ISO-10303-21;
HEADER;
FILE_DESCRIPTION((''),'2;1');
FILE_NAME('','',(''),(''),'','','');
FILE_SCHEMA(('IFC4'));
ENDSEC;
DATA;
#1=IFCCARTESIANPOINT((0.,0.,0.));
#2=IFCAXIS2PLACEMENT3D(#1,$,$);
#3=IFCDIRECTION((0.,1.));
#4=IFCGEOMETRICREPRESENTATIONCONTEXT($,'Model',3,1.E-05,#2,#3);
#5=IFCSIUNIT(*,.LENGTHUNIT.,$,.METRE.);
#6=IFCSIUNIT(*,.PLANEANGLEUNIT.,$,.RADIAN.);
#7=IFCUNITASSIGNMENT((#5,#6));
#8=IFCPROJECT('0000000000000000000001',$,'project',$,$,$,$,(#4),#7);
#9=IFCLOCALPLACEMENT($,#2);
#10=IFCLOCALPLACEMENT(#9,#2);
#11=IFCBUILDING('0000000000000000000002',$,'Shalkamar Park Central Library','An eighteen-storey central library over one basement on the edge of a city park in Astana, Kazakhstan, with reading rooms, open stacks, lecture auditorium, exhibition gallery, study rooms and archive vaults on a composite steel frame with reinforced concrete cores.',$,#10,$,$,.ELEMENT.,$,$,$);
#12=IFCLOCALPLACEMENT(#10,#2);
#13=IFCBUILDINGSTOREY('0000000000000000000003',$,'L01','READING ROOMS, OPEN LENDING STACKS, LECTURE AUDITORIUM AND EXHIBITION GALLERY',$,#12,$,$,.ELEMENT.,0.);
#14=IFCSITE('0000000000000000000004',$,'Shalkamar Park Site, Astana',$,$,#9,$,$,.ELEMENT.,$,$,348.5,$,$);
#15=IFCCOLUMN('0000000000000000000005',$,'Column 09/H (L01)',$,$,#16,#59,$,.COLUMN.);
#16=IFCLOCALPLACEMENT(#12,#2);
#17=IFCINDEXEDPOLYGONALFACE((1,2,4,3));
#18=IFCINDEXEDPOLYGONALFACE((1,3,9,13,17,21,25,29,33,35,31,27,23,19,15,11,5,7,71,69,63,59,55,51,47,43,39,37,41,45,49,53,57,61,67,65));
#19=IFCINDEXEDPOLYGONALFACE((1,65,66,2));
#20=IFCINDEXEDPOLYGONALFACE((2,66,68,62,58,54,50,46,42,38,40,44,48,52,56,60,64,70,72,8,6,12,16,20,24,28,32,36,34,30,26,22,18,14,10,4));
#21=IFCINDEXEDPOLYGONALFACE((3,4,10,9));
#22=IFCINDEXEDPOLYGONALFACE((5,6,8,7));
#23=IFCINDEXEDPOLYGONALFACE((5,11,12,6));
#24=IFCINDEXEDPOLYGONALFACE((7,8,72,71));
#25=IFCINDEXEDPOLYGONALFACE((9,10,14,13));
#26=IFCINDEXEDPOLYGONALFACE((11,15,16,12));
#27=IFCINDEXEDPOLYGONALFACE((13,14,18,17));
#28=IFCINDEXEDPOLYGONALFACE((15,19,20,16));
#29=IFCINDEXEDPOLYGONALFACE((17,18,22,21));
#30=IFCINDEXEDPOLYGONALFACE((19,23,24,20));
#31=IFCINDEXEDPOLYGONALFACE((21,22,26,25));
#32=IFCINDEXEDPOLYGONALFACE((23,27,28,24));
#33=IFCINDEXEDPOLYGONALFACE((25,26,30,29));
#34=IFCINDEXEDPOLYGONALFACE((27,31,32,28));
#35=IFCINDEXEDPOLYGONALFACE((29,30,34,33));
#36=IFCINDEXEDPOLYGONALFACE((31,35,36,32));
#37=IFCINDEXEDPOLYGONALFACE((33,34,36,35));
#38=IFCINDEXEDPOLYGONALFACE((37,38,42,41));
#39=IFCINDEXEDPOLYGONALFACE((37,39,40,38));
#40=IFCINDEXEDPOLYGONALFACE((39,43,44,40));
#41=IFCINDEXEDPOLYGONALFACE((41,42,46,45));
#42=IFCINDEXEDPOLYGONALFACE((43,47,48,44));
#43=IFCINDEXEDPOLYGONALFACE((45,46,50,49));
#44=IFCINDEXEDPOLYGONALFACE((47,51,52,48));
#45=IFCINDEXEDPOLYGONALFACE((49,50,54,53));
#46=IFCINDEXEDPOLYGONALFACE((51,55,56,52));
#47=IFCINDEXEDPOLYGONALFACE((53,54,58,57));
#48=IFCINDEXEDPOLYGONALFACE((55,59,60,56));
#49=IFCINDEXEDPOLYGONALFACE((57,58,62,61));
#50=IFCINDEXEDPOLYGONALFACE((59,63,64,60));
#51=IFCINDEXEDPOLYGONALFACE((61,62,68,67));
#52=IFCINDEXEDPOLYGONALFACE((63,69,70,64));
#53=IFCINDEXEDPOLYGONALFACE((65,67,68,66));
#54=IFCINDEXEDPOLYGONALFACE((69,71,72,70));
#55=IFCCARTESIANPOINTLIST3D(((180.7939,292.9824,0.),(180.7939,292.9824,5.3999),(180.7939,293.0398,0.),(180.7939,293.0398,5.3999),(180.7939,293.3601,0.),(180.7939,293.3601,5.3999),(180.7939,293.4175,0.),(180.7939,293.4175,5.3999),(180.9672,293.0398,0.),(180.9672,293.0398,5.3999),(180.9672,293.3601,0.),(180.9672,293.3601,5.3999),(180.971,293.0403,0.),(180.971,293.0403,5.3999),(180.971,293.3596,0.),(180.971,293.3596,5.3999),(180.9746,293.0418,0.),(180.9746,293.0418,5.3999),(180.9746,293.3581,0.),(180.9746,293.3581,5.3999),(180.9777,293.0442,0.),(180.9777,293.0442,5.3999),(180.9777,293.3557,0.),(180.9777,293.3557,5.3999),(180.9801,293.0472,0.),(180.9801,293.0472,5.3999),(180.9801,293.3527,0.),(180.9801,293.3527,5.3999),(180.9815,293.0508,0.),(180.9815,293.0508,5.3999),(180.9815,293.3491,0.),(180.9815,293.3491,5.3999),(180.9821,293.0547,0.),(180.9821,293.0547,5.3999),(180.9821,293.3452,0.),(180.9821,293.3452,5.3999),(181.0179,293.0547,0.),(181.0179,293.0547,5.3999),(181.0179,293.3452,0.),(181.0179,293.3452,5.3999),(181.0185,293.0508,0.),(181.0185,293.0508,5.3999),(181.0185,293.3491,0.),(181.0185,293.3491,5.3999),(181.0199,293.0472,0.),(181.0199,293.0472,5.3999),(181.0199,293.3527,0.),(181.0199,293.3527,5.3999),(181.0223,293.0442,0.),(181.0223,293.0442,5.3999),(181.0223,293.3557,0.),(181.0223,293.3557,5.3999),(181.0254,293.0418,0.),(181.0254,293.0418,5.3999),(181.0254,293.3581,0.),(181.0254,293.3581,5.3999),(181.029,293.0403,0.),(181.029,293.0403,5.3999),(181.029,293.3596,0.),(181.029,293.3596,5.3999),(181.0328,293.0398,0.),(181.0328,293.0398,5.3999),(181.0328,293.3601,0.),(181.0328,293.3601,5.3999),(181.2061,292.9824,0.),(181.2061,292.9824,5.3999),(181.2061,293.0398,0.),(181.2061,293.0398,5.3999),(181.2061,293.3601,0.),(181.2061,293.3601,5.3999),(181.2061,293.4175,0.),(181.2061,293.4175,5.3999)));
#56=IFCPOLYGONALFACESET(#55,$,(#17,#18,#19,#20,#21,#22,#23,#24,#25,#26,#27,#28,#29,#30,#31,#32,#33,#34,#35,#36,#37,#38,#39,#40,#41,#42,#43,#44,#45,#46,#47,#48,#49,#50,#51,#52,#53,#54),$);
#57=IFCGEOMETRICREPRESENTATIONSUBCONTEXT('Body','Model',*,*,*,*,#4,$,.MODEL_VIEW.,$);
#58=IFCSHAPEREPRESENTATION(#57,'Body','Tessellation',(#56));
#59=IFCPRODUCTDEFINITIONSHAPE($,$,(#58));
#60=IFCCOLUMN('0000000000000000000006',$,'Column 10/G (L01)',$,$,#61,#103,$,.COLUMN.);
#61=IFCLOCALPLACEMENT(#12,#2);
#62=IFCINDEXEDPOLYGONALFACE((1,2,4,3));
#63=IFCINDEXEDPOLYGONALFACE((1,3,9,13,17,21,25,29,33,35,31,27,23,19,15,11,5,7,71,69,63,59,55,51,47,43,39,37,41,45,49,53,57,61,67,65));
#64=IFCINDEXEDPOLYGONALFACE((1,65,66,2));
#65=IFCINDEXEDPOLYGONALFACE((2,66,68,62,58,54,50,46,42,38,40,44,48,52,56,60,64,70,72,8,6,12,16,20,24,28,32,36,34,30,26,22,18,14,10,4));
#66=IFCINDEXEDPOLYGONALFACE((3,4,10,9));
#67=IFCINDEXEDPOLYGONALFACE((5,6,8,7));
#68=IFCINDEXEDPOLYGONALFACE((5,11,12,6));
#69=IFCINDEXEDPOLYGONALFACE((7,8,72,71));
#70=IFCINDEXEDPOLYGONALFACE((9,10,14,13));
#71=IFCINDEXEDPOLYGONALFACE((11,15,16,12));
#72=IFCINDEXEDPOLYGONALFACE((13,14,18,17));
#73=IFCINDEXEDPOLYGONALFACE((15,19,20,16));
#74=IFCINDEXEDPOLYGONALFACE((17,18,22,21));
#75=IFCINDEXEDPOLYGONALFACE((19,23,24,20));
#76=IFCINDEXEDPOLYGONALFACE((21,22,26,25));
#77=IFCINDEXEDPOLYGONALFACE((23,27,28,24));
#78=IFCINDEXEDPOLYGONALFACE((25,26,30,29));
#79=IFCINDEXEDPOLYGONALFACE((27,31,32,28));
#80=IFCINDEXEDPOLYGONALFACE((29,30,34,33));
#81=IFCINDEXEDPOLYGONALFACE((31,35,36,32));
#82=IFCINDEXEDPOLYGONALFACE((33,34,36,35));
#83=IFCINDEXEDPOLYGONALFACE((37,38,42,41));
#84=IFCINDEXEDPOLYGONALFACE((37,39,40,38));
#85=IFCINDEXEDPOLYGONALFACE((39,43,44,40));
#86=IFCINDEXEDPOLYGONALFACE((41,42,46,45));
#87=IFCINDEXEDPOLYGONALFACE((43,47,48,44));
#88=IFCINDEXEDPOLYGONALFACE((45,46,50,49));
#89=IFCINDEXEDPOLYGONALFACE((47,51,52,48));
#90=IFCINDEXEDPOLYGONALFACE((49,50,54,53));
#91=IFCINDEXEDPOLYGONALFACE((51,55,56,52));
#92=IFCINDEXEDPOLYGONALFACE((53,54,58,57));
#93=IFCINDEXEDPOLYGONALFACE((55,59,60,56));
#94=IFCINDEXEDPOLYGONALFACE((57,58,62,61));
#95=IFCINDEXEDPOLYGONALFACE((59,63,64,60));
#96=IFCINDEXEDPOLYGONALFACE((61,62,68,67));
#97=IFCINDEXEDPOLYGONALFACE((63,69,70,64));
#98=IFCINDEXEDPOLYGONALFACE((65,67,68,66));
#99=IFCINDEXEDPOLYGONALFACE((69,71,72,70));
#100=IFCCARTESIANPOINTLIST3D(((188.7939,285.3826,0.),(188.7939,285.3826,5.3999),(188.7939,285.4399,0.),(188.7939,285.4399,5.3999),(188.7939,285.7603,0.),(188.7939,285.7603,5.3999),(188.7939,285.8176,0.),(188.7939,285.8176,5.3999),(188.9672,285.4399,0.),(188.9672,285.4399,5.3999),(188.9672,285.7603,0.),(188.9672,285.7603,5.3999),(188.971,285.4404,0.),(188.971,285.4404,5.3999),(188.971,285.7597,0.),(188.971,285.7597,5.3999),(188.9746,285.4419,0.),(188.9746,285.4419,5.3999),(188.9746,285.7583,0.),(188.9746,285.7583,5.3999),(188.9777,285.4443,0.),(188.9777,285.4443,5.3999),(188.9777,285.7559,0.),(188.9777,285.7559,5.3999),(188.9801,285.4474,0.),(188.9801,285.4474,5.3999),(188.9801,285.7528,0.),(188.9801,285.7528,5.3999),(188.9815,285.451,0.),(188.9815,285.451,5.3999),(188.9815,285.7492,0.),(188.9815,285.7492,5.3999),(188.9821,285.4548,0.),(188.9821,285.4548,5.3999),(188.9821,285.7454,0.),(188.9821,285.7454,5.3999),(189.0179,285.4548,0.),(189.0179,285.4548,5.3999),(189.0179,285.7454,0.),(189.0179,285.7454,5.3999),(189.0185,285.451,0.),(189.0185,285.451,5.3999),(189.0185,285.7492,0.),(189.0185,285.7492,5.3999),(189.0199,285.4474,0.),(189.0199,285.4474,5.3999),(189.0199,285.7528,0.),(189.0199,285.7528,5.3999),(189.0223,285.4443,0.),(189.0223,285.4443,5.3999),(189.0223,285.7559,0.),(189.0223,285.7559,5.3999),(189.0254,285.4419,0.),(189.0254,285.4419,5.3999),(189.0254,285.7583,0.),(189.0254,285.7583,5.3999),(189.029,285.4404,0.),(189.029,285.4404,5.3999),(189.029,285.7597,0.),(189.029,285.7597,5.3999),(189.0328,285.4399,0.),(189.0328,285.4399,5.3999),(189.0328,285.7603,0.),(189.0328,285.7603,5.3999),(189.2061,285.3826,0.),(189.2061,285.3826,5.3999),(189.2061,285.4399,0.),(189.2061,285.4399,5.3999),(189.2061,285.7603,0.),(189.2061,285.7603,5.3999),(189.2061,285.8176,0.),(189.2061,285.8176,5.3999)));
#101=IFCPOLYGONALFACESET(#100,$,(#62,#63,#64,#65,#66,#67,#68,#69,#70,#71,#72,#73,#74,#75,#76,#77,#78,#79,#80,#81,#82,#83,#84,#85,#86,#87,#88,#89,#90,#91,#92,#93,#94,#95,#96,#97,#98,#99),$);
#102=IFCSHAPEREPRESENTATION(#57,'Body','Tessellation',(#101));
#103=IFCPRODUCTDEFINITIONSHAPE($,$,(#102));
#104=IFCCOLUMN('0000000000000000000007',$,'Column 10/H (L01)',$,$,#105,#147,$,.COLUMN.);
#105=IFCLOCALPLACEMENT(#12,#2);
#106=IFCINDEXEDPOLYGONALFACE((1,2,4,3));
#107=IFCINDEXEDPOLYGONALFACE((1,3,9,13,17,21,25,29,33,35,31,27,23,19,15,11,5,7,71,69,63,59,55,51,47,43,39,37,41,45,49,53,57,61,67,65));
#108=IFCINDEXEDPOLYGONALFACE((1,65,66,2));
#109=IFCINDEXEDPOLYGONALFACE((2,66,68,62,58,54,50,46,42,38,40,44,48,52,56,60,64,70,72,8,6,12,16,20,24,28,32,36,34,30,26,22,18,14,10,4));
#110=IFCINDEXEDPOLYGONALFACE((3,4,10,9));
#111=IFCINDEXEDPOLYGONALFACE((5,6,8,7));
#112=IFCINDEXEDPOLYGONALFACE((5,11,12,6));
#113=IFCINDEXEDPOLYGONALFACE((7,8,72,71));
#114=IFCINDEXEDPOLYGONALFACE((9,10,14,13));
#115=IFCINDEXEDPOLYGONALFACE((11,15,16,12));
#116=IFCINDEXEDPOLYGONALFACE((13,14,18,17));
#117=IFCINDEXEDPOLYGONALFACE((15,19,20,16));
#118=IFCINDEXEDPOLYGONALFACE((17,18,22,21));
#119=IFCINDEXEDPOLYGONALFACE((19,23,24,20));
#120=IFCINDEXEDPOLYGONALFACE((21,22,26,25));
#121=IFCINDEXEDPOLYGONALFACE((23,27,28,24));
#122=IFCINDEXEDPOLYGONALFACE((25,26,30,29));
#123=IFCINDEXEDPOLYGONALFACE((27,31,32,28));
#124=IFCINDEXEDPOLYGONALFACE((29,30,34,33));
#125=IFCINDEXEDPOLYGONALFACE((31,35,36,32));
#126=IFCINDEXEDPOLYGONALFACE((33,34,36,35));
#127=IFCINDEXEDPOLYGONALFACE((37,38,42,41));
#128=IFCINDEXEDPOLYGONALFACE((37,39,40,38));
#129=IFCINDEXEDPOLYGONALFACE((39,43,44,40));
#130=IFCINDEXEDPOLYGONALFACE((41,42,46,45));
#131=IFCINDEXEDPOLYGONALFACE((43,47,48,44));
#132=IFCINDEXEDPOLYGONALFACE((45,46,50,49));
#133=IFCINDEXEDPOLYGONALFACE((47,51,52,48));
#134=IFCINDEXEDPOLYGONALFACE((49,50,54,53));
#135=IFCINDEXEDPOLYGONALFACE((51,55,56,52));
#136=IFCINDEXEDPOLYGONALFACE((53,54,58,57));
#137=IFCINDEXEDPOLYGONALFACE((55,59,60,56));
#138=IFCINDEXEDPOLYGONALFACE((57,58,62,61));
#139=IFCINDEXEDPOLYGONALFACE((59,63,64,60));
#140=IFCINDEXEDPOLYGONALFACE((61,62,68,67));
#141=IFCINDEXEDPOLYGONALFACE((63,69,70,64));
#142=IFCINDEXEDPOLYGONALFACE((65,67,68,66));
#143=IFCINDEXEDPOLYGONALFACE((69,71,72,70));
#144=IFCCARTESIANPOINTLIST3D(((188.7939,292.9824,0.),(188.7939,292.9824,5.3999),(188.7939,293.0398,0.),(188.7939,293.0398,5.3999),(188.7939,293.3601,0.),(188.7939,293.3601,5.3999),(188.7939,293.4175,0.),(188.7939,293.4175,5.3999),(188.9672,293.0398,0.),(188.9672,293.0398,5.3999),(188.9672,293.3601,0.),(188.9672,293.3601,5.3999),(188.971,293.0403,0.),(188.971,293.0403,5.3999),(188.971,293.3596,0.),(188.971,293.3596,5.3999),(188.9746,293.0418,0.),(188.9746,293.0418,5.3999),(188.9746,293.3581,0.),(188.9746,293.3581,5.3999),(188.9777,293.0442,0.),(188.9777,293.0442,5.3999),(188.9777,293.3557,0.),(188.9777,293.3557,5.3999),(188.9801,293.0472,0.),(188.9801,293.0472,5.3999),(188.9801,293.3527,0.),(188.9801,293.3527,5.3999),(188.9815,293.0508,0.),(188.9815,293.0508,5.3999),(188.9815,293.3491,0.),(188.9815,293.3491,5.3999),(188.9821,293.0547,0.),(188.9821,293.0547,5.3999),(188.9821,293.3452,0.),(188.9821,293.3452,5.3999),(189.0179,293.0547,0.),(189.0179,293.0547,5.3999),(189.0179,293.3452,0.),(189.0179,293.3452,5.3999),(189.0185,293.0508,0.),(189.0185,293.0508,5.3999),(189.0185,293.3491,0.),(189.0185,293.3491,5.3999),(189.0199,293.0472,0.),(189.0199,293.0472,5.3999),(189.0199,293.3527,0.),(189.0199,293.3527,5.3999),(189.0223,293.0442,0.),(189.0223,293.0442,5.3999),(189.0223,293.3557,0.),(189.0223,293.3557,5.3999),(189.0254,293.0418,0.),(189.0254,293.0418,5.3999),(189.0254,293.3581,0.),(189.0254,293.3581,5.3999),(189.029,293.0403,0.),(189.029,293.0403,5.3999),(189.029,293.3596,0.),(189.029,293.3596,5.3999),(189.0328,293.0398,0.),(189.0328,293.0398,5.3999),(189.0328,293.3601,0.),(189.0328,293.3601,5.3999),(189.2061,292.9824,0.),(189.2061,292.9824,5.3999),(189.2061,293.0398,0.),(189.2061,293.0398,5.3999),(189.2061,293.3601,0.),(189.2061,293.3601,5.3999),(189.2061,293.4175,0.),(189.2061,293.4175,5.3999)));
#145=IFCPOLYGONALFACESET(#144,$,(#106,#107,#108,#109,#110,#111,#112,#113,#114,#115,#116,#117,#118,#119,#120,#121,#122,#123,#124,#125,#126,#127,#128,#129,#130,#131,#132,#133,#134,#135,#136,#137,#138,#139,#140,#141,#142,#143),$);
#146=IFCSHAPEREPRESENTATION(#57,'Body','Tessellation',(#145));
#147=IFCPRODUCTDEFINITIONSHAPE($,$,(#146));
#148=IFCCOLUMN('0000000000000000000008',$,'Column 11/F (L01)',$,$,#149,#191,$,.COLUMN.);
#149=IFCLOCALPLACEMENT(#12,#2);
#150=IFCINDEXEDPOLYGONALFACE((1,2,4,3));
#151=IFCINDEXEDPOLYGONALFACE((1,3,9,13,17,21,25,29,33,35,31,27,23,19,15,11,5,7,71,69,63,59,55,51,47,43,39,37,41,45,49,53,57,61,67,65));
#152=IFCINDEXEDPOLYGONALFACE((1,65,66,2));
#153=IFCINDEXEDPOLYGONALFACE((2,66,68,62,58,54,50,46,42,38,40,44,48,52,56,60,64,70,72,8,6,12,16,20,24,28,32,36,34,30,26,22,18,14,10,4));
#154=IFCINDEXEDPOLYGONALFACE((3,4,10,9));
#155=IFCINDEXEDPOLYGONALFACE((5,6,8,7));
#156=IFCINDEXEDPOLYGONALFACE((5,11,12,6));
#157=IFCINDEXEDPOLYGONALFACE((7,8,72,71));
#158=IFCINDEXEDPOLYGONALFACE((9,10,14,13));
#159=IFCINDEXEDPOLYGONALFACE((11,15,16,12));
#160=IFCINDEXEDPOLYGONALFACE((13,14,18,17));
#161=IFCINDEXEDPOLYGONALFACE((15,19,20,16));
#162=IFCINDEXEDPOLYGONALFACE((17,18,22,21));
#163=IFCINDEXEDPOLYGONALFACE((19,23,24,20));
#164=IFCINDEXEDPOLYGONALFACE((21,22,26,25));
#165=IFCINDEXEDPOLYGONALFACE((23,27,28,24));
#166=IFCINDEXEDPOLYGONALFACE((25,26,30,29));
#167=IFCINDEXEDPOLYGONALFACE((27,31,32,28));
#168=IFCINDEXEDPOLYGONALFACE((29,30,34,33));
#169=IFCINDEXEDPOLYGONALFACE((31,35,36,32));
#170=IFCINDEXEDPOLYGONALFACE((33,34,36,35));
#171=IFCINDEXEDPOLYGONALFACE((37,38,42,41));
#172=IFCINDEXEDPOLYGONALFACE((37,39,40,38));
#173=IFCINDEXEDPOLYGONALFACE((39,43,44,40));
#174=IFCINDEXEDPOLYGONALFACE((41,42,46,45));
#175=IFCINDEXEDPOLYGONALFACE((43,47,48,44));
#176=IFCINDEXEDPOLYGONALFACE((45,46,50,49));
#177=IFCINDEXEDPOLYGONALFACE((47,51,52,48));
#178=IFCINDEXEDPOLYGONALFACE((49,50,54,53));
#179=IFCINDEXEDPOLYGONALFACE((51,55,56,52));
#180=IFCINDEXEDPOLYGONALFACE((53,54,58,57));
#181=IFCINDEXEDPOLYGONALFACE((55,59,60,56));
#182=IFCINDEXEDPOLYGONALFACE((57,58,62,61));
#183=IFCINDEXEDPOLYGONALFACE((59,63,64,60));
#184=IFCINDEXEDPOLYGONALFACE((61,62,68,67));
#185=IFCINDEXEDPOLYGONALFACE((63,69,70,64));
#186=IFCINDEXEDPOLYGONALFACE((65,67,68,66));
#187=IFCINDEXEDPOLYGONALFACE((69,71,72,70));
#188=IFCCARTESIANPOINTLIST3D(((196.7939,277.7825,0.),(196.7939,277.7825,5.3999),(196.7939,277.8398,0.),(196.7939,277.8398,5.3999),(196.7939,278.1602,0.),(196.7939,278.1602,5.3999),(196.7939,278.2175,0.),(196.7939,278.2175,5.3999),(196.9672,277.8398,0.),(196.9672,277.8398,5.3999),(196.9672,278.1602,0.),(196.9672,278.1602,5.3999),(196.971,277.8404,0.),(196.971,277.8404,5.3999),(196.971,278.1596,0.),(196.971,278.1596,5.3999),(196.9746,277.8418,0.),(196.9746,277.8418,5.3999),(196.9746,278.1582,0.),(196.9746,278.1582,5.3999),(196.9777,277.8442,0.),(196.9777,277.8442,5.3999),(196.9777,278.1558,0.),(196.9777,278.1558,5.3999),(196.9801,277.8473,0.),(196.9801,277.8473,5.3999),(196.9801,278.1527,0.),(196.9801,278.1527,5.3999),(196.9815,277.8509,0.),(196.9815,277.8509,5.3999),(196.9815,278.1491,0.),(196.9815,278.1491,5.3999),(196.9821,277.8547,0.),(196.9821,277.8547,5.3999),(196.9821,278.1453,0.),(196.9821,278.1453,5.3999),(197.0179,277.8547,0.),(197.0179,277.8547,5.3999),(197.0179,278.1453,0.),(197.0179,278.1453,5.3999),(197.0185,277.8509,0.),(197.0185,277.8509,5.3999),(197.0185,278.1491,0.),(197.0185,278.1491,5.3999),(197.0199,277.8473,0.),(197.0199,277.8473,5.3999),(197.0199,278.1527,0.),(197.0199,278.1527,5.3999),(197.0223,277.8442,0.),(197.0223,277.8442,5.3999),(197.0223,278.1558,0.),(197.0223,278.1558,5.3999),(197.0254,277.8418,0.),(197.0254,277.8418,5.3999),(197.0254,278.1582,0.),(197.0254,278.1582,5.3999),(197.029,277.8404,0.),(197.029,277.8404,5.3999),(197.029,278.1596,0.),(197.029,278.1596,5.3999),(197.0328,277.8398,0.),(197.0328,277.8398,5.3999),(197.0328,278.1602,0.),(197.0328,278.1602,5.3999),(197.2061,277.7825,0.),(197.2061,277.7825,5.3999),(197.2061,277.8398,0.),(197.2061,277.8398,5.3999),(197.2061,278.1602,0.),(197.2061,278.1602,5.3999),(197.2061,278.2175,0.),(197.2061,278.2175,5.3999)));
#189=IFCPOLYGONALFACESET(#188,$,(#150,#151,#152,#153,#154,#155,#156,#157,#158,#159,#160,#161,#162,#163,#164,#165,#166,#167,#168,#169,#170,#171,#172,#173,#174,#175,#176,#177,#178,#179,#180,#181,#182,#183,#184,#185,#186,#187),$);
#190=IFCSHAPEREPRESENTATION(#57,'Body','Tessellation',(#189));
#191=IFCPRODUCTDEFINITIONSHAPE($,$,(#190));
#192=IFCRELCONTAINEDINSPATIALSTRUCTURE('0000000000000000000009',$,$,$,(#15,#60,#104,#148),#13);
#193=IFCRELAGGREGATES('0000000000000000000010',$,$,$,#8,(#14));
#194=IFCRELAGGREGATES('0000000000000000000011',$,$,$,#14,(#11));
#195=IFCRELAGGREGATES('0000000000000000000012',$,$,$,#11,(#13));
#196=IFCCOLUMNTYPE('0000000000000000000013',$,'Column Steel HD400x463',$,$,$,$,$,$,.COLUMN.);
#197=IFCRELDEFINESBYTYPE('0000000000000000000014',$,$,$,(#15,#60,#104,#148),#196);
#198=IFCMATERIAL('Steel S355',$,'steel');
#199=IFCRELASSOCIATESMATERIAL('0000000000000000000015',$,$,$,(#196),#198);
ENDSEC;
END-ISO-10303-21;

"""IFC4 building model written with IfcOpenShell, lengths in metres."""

from ifc_helpers import new_model, si_unit, direction, frame, origin, origin_2d, place, context, subcontext, project, spatial, i_section, extrude, material, material_profile, profile_set, type_object, element, save


model = new_model("IFC4")

# Units and contexts
model_context = context("Model", 3, precision=1e-05, world=origin(), true_north=direction((0.0, 1.0)))
body_context = subcontext(model_context, "Body", "Model", "MODEL_VIEW")
ifc_project = project(units=[si_unit("LENGTHUNIT", "METRE"), si_unit("PLANEANGLEUNIT", "RADIAN")], contexts=[model_context])

# Site, building, storey
site_placement = place(None, origin())
site = spatial("IfcSite", under=ifc_project, at=site_placement, Name="Shalkamar Park Site, Astana", CompositionType="ELEMENT", RefElevation=348.5)
building_placement = place(site_placement, origin())
building = spatial("IfcBuilding", under=site, at=building_placement, Name="Shalkamar Park Central Library", Description="An eighteen-storey central library over one basement on the edge of a city park in Astana, Kazakhstan, with reading rooms, open stacks, lecture auditorium, exhibition gallery, study rooms and archive vaults on a composite steel frame with reinforced concrete cores.", CompositionType="ELEMENT")
storey_placement = place(building_placement, origin())
storey = spatial("IfcBuildingStorey", under=building, at=storey_placement, Name="L01", Description="READING ROOMS, OPEN LENDING STACKS, LECTURE AUDITORIUM AND EXHIBITION GALLERY", CompositionType="ELEMENT", Elevation=0.0)

# Columns
ifc_material = material(Name="Steel S355", Category="steel")
ifc_material_profile_1 = material_profile(ifc_material, i_section(OverallWidth=0.4121, OverallDepth=0.4351, WebThickness=0.0359, FlangeThickness=0.0574, FilletRadius=0.0149, at=origin_2d()), Name="HD 400x463")
ifc_profile_set_1 = profile_set([ifc_material_profile_1], Name="Steel S355")
column_type_1 = type_object("IfcColumnType", Name="Column Steel HD400x463", PredefinedType="COLUMN", material=ifc_profile_set_1)
for number, where, z_axis, x_axis, name in (
    (1, (181.0, 293.2, 0.0), (0.0, 0.0, 1.0), (1.0, 0.0, 0.0), "Column 09/H (L01)"),
    (2, (189.0, 285.6001, 0.0), (0.0, 0.0, 1.0), (1.0, 0.0, 0.0), "Column 10/G (L01)"),
    (3, (189.0, 293.2, 0.0), (0.0, 0.0, 1.0), (1.0, 0.0, 0.0), "Column 10/H (L01)"),
    (4, (197.0, 278.0, 0.0), (0.0, 0.0, 1.0), (1.0, 0.0, 0.0), "Column 11/F (L01)"),
):
    element("IfcColumn", number, at=place(storey_placement, frame(where, z_axis=z_axis, x_axis=x_axis)), inside=storey, type_object=column_type_1, Name=name, PredefinedType="COLUMN", context=body_context, shape_type="SweptSolid", body=[
        extrude(i_section(OverallWidth=0.4121, OverallDepth=0.4351, WebThickness=0.0359, FlangeThickness=0.0574, FilletRadius=0.0149, at=origin_2d()), origin(), (0.0, 0.0, 1.0), 5.3999),
    ])

save(model, "model.ifc")
